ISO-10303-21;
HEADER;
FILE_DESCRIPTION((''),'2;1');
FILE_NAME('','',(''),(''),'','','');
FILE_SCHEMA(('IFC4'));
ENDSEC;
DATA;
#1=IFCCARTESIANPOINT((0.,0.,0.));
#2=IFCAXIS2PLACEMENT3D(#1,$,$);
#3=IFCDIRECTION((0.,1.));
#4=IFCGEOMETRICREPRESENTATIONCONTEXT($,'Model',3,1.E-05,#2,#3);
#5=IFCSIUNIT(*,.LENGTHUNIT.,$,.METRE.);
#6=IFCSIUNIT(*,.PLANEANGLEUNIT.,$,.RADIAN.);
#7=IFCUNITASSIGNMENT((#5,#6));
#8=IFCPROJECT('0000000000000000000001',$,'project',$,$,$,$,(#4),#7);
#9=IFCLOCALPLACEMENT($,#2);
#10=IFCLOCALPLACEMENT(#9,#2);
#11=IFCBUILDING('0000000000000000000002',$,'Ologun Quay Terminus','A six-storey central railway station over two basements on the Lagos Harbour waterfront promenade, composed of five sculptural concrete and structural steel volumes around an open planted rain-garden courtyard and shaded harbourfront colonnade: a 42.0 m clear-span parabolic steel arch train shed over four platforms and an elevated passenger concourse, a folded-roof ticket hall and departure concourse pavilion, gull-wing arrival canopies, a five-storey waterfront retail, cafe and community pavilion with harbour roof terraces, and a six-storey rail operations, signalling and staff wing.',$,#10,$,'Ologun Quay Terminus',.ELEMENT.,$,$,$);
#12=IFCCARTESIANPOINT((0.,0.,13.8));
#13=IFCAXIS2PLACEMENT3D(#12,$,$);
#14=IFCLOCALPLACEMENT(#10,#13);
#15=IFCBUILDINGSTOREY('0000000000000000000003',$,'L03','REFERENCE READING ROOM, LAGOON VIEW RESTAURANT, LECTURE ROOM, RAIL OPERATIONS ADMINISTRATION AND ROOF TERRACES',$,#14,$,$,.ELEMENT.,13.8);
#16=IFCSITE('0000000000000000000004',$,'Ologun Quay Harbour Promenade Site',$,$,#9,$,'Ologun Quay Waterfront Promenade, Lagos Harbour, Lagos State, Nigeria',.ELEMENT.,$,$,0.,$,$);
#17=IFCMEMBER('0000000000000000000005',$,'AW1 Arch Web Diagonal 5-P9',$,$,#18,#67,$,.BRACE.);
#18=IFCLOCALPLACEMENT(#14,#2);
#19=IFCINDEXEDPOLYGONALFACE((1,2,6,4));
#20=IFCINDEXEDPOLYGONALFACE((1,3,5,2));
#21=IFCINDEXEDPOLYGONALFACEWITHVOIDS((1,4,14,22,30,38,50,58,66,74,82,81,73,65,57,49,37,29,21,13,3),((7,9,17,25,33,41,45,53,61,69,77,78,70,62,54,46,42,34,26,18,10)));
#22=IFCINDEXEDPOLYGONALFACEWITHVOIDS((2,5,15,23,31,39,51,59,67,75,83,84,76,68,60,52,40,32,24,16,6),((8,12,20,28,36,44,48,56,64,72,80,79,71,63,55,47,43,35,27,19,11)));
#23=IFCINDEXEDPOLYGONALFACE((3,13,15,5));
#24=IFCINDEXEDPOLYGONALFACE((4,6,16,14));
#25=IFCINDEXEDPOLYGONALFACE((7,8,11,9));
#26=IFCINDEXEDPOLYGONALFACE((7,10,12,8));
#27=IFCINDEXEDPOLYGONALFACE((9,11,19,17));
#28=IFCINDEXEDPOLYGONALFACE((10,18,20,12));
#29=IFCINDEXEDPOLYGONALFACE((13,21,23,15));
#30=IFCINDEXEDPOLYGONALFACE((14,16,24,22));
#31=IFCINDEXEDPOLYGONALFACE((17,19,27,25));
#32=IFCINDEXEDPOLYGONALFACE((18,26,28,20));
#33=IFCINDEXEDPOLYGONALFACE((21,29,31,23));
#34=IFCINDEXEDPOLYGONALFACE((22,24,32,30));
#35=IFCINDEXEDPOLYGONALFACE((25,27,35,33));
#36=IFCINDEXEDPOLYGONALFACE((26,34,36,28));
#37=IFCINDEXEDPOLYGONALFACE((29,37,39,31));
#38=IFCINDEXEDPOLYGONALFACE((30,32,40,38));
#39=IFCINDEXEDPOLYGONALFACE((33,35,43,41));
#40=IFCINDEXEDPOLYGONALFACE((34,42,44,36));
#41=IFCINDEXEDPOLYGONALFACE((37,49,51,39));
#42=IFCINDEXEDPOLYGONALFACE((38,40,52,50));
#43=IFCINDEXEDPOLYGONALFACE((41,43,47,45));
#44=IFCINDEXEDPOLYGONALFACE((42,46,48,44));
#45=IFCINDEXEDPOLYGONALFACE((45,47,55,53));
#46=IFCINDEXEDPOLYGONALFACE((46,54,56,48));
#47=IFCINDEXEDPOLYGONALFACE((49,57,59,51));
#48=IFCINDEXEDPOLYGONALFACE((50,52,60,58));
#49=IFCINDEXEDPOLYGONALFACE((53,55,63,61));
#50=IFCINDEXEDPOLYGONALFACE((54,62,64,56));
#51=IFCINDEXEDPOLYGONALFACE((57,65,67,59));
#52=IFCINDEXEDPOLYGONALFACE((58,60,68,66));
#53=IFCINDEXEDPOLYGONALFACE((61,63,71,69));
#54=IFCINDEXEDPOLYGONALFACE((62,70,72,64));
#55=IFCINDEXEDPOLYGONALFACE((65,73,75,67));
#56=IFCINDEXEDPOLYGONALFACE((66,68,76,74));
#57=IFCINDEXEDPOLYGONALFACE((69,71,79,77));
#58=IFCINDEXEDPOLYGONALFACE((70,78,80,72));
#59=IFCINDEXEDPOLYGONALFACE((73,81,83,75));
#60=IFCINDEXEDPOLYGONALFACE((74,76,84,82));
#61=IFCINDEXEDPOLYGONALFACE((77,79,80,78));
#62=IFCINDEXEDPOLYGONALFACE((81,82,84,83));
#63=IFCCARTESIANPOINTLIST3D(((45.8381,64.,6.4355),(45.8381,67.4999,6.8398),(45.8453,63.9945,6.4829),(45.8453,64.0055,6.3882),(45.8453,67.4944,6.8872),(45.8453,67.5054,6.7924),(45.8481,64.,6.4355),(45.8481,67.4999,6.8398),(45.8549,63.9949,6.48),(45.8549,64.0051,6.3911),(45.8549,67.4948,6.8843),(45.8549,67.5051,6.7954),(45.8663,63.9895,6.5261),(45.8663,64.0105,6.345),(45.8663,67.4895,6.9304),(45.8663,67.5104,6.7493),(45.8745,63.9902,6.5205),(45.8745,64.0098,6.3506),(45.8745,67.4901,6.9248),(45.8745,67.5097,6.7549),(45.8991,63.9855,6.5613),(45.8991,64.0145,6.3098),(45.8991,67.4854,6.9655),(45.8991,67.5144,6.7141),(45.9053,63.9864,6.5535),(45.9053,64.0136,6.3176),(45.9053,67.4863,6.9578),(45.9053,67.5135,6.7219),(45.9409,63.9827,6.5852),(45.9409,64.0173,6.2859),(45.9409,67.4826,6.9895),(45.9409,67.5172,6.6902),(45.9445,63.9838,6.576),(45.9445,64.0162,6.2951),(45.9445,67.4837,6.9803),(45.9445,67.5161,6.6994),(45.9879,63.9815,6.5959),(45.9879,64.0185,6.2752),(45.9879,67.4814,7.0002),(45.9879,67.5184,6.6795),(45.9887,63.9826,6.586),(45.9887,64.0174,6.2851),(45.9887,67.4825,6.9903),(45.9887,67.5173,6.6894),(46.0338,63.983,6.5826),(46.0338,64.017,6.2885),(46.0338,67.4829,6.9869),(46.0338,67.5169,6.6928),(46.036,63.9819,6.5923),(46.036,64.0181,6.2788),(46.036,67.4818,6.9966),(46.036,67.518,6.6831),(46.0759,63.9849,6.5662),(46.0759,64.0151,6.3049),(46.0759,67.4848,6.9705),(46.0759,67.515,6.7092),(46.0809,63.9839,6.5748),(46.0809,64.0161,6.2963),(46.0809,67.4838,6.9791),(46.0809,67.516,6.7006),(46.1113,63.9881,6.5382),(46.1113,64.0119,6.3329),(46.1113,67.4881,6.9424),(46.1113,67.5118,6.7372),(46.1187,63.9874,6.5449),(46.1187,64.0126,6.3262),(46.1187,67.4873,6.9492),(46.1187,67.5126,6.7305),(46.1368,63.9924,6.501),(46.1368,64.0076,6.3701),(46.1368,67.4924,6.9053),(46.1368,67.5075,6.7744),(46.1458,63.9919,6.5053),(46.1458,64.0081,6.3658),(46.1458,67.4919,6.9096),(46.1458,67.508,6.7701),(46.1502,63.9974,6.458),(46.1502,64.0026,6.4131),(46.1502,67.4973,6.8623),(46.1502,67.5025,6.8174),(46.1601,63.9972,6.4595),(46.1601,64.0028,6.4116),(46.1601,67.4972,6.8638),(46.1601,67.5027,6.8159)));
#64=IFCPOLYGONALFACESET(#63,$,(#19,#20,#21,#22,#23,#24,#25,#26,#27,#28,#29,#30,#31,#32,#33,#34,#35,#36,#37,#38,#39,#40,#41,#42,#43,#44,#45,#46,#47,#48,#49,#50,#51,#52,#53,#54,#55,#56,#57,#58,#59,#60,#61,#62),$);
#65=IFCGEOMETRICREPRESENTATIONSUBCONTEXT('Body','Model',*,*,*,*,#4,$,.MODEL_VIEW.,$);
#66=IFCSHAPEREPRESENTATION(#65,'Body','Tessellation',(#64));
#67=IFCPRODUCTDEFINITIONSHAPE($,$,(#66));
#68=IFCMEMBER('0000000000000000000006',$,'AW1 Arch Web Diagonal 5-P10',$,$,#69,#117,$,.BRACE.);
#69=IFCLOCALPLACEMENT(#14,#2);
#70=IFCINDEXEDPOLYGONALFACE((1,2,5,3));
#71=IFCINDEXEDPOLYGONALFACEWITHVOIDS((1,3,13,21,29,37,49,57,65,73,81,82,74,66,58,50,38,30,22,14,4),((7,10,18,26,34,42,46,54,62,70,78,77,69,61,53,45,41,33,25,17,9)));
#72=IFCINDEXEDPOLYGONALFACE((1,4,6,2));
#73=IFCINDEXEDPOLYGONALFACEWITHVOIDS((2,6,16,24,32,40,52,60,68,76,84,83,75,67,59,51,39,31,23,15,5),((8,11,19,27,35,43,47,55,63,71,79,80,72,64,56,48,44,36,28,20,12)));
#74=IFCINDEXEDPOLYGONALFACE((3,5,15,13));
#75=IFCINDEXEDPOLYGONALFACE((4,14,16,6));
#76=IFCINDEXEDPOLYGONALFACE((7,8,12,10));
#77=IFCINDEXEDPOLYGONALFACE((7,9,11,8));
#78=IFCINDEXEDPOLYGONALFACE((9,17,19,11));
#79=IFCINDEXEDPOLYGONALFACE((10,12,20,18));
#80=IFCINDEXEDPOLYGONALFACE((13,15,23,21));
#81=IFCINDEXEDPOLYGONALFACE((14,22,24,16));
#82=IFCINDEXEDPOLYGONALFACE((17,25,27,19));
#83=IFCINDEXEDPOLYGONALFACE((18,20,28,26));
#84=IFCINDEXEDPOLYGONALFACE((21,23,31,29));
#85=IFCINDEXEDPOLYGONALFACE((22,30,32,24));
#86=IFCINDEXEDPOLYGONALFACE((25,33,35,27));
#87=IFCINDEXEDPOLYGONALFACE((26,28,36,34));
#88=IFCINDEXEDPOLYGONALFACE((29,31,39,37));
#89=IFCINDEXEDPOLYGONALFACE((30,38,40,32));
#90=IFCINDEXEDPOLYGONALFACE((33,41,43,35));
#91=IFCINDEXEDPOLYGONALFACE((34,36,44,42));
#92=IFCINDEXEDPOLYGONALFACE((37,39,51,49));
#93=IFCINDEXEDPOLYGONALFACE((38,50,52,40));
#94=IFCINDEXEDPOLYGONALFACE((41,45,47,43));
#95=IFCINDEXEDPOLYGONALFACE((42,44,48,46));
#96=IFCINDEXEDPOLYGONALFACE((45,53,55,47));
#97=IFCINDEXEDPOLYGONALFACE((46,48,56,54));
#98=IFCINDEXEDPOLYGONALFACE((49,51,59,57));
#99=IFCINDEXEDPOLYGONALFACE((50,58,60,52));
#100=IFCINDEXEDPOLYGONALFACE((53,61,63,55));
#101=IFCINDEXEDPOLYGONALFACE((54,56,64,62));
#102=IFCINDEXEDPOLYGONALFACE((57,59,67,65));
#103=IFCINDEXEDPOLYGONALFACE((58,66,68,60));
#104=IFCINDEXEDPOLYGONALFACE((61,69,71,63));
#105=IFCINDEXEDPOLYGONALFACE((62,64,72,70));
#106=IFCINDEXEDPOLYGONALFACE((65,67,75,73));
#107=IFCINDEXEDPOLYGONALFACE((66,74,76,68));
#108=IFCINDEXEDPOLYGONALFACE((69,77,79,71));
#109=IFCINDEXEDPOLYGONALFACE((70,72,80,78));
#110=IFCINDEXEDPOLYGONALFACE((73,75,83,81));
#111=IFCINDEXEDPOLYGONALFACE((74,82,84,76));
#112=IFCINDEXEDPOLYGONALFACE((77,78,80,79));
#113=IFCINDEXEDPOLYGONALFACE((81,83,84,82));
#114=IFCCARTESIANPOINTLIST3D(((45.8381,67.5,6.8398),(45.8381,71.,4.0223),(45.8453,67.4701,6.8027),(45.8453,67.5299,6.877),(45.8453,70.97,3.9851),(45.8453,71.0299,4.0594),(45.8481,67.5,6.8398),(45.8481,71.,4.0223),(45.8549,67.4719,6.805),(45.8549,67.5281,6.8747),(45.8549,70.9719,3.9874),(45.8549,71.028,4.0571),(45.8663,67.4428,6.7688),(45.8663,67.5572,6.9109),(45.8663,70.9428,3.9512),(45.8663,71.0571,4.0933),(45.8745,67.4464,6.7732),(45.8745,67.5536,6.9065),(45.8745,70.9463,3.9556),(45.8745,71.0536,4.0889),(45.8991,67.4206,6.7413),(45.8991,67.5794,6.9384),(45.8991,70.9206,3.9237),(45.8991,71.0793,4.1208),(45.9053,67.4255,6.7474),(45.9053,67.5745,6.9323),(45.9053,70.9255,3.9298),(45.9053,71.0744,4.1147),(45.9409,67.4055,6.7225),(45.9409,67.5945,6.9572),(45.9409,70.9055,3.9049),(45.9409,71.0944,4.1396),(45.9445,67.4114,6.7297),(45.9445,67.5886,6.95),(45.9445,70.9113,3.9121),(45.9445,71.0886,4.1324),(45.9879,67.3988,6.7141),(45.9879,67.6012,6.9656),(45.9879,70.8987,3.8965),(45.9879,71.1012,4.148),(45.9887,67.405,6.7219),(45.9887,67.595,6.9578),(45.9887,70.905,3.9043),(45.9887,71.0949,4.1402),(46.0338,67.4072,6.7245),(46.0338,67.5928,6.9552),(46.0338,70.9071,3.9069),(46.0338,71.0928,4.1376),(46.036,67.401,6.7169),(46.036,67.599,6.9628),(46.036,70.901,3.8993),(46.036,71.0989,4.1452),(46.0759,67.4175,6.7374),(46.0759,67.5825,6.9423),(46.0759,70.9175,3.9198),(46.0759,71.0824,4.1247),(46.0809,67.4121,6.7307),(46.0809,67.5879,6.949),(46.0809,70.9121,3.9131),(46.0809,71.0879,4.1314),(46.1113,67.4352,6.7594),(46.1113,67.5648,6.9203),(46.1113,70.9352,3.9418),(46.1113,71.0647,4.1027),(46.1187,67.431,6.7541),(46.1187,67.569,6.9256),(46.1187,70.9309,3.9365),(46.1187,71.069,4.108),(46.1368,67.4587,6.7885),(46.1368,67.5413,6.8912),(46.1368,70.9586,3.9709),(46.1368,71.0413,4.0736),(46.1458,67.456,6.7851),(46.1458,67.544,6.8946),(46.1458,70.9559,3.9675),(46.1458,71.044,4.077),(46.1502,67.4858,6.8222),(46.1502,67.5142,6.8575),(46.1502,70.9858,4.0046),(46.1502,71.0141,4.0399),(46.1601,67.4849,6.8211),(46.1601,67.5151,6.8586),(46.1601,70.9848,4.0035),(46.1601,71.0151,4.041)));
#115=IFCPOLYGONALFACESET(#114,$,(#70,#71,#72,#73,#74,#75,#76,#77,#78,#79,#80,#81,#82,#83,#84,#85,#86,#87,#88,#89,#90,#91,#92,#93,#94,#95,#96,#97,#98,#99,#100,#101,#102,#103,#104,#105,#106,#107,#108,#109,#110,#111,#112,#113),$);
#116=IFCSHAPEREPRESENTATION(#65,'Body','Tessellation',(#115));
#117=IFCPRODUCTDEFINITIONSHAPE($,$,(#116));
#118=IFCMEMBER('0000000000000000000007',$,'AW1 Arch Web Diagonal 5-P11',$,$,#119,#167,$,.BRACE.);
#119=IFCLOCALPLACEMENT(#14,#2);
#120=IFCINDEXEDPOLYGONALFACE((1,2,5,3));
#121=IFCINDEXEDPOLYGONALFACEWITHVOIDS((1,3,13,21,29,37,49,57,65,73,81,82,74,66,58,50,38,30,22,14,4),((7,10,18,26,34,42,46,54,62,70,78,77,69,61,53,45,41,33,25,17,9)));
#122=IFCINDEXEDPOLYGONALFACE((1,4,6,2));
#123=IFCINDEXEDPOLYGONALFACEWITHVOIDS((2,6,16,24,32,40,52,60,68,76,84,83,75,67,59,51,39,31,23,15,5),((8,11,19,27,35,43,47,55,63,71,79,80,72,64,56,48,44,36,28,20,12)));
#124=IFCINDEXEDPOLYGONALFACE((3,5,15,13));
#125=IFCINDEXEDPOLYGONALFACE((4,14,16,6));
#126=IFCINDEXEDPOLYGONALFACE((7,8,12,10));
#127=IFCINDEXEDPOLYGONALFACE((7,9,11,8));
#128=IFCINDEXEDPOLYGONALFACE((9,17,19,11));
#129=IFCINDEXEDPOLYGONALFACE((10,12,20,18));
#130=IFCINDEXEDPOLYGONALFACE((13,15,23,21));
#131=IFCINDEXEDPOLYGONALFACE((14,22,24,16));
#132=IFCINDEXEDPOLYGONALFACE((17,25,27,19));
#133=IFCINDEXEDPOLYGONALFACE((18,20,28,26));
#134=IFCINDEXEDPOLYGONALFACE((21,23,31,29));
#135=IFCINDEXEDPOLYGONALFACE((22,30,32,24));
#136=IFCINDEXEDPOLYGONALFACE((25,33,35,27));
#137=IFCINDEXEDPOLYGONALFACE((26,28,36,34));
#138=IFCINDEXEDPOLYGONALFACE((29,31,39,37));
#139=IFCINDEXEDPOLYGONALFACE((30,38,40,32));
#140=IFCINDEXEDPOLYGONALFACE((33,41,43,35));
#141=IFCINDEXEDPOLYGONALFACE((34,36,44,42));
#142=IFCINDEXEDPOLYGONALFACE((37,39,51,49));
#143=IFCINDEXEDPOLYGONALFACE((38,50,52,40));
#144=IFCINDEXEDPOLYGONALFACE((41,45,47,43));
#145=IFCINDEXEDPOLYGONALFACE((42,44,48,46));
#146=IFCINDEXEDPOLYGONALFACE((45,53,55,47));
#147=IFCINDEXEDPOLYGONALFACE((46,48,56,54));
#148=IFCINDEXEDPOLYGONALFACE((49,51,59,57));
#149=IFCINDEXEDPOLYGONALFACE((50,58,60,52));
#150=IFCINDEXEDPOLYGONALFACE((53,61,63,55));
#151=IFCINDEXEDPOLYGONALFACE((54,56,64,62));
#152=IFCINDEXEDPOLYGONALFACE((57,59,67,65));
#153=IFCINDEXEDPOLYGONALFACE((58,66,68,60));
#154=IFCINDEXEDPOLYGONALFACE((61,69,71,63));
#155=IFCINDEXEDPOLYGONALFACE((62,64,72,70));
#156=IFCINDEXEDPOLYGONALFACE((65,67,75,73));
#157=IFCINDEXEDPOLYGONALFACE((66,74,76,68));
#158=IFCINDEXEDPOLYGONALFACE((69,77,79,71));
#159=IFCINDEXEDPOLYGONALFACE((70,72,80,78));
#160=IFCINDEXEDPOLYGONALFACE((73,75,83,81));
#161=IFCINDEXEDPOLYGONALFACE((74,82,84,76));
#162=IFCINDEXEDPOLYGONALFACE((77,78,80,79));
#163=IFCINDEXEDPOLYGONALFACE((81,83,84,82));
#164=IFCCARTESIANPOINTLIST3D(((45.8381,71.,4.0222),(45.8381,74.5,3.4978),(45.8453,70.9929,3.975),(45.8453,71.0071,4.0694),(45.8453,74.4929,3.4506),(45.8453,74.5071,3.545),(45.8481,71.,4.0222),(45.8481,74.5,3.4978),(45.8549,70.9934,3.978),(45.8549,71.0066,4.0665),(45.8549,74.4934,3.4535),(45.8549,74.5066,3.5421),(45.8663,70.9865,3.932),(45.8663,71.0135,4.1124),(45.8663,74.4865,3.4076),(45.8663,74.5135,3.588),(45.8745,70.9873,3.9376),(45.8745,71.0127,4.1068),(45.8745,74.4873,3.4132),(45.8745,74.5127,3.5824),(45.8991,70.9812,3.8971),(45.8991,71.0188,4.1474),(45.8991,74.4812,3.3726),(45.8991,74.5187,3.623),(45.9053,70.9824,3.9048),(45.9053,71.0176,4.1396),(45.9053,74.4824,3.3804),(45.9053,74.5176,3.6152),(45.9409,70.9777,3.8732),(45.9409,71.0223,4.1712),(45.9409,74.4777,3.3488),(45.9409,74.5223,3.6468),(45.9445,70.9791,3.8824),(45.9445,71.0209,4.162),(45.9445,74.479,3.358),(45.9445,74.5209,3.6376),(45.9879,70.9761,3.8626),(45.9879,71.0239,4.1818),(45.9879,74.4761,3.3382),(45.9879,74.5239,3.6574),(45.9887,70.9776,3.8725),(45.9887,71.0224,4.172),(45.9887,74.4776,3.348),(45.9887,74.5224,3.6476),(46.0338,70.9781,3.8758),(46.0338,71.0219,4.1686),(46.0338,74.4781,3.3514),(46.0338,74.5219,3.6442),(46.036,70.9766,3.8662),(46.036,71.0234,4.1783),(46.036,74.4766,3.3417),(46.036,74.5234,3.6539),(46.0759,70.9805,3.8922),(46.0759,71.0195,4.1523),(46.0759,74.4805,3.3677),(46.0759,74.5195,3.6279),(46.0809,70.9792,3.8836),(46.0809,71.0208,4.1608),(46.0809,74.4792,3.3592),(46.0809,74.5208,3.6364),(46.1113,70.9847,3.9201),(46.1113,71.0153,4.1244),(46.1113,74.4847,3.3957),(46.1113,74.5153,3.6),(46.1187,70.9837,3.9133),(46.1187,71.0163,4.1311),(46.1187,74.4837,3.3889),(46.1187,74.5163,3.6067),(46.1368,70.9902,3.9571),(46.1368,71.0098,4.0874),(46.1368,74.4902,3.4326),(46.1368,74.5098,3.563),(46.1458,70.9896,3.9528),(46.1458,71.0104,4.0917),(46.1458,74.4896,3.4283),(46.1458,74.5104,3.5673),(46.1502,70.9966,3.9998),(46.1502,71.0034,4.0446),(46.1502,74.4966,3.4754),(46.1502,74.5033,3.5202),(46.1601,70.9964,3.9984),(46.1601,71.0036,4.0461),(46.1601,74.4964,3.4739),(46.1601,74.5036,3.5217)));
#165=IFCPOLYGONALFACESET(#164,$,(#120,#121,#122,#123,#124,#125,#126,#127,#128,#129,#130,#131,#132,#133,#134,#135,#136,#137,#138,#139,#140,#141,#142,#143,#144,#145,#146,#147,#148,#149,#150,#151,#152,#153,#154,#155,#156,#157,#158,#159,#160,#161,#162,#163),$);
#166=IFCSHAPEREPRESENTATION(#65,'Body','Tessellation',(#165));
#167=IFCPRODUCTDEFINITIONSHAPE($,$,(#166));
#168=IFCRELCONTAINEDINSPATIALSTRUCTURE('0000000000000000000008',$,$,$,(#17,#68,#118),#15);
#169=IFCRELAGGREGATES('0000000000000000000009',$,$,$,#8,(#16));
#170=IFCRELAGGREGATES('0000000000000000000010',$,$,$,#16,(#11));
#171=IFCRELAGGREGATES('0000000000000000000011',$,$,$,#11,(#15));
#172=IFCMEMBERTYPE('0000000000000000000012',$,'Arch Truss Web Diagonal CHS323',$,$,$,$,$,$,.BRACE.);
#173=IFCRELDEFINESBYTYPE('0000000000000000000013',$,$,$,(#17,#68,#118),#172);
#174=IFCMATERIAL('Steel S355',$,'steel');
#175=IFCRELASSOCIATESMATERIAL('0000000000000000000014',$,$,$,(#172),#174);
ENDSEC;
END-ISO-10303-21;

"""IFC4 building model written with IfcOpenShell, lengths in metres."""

from ifc_helpers import new_model, si_unit, direction, frame, origin, origin_2d, place, context, subcontext, project, spatial, hollow_circle, extrude, material, material_profile, profile_set, type_object, element, save


model = new_model("IFC4")

# Units and contexts
model_context = context("Model", 3, precision=1e-05, world=origin(), true_north=direction((0.0, 1.0)))
body_context = subcontext(model_context, "Body", "Model", "MODEL_VIEW")
ifc_project = project(units=[si_unit("LENGTHUNIT", "METRE"), si_unit("PLANEANGLEUNIT", "RADIAN")], contexts=[model_context])

# Site, building, storey
site_placement = place(None, origin())
site = spatial("IfcSite", under=ifc_project, at=site_placement, Name="Ologun Quay Harbour Promenade Site", LongName="Ologun Quay Waterfront Promenade, Lagos Harbour, Lagos State, Nigeria", CompositionType="ELEMENT", RefElevation=0.0)
building_placement = place(site_placement, origin())
building = spatial("IfcBuilding", under=site, at=building_placement, Name="Ologun Quay Terminus", Description="A six-storey central railway station over two basements on the Lagos Harbour waterfront promenade, composed of five sculptural concrete and structural steel volumes around an open planted rain-garden courtyard and shaded harbourfront colonnade: a 42.0 m clear-span parabolic steel arch train shed over four platforms and an elevated passenger concourse, a folded-roof ticket hall and departure concourse pavilion, gull-wing arrival canopies, a five-storey waterfront retail, cafe and community pavilion with harbour roof terraces, and a six-storey rail operations, signalling and staff wing.", LongName="Ologun Quay Terminus", CompositionType="ELEMENT")
storey_placement = place(building_placement, frame((0.0, 0.0, 13.8)))
storey = spatial("IfcBuildingStorey", under=building, at=storey_placement, Name="L03", Description="REFERENCE READING ROOM, LAGOON VIEW RESTAURANT, LECTURE ROOM, RAIL OPERATIONS ADMINISTRATION AND ROOF TERRACES", CompositionType="ELEMENT", Elevation=13.8)

# Members
ifc_material_1 = material(Name="Steel S355", Category="steel")
ifc_material_profile_1 = material_profile(ifc_material_1, hollow_circle(Radius=0.1619, WallThickness=0.01, at=origin_2d()), Name="CHS 323.9x10")
ifc_profile_set_1 = profile_set([ifc_material_profile_1], Name="Steel S355")
member_type_1 = type_object("IfcMemberType", Name="Arch Truss Web Diagonal CHS323", PredefinedType="BRACE", material=ifc_profile_set_1)
member_1_placement = place(storey_placement, frame((46.0, 64.0, 6.4355), z_axis=(0.0, 0.993394, 0.11475), x_axis=(-1.0, 0.0, 0.0)))
element("IfcMember", 1, at=member_1_placement, inside=storey, type_object=member_type_1, Name="AW1 Arch Web Diagonal 5-P9", PredefinedType="BRACE", context=body_context, shape_type="SweptSolid", body=[
    extrude(hollow_circle(Radius=0.1619, WallThickness=0.01, at=origin_2d()), origin(), (0.0, 0.0, 1.0), 3.5232),
])
member_2_placement = place(storey_placement, frame((46.0, 67.5, 6.8398), z_axis=(0.0, 0.778951, -0.627084), x_axis=(-1.0, 0.0, 0.0)))
element("IfcMember", 2, at=member_2_placement, inside=storey, type_object=member_type_1, Name="AW1 Arch Web Diagonal 5-P10", PredefinedType="BRACE", context=body_context, shape_type="SweptSolid", body=[
    extrude(hollow_circle(Radius=0.1619, WallThickness=0.01, at=origin_2d()), origin(), (0.0, 0.0, 1.0), 4.4932),
])
member_3_placement = place(storey_placement, frame((46.0, 71.0, 4.0222), z_axis=(0.0, 0.988961, -0.148179), x_axis=(-1.0, 0.0, 0.0)))
element("IfcMember", 3, at=member_3_placement, inside=storey, type_object=member_type_1, Name="AW1 Arch Web Diagonal 5-P11", PredefinedType="BRACE", context=body_context, shape_type="SweptSolid", body=[
    extrude(hollow_circle(Radius=0.1619, WallThickness=0.01, at=origin_2d()), origin(), (0.0, 0.0, 1.0), 3.5391),
])

save(model, "model.ifc")
